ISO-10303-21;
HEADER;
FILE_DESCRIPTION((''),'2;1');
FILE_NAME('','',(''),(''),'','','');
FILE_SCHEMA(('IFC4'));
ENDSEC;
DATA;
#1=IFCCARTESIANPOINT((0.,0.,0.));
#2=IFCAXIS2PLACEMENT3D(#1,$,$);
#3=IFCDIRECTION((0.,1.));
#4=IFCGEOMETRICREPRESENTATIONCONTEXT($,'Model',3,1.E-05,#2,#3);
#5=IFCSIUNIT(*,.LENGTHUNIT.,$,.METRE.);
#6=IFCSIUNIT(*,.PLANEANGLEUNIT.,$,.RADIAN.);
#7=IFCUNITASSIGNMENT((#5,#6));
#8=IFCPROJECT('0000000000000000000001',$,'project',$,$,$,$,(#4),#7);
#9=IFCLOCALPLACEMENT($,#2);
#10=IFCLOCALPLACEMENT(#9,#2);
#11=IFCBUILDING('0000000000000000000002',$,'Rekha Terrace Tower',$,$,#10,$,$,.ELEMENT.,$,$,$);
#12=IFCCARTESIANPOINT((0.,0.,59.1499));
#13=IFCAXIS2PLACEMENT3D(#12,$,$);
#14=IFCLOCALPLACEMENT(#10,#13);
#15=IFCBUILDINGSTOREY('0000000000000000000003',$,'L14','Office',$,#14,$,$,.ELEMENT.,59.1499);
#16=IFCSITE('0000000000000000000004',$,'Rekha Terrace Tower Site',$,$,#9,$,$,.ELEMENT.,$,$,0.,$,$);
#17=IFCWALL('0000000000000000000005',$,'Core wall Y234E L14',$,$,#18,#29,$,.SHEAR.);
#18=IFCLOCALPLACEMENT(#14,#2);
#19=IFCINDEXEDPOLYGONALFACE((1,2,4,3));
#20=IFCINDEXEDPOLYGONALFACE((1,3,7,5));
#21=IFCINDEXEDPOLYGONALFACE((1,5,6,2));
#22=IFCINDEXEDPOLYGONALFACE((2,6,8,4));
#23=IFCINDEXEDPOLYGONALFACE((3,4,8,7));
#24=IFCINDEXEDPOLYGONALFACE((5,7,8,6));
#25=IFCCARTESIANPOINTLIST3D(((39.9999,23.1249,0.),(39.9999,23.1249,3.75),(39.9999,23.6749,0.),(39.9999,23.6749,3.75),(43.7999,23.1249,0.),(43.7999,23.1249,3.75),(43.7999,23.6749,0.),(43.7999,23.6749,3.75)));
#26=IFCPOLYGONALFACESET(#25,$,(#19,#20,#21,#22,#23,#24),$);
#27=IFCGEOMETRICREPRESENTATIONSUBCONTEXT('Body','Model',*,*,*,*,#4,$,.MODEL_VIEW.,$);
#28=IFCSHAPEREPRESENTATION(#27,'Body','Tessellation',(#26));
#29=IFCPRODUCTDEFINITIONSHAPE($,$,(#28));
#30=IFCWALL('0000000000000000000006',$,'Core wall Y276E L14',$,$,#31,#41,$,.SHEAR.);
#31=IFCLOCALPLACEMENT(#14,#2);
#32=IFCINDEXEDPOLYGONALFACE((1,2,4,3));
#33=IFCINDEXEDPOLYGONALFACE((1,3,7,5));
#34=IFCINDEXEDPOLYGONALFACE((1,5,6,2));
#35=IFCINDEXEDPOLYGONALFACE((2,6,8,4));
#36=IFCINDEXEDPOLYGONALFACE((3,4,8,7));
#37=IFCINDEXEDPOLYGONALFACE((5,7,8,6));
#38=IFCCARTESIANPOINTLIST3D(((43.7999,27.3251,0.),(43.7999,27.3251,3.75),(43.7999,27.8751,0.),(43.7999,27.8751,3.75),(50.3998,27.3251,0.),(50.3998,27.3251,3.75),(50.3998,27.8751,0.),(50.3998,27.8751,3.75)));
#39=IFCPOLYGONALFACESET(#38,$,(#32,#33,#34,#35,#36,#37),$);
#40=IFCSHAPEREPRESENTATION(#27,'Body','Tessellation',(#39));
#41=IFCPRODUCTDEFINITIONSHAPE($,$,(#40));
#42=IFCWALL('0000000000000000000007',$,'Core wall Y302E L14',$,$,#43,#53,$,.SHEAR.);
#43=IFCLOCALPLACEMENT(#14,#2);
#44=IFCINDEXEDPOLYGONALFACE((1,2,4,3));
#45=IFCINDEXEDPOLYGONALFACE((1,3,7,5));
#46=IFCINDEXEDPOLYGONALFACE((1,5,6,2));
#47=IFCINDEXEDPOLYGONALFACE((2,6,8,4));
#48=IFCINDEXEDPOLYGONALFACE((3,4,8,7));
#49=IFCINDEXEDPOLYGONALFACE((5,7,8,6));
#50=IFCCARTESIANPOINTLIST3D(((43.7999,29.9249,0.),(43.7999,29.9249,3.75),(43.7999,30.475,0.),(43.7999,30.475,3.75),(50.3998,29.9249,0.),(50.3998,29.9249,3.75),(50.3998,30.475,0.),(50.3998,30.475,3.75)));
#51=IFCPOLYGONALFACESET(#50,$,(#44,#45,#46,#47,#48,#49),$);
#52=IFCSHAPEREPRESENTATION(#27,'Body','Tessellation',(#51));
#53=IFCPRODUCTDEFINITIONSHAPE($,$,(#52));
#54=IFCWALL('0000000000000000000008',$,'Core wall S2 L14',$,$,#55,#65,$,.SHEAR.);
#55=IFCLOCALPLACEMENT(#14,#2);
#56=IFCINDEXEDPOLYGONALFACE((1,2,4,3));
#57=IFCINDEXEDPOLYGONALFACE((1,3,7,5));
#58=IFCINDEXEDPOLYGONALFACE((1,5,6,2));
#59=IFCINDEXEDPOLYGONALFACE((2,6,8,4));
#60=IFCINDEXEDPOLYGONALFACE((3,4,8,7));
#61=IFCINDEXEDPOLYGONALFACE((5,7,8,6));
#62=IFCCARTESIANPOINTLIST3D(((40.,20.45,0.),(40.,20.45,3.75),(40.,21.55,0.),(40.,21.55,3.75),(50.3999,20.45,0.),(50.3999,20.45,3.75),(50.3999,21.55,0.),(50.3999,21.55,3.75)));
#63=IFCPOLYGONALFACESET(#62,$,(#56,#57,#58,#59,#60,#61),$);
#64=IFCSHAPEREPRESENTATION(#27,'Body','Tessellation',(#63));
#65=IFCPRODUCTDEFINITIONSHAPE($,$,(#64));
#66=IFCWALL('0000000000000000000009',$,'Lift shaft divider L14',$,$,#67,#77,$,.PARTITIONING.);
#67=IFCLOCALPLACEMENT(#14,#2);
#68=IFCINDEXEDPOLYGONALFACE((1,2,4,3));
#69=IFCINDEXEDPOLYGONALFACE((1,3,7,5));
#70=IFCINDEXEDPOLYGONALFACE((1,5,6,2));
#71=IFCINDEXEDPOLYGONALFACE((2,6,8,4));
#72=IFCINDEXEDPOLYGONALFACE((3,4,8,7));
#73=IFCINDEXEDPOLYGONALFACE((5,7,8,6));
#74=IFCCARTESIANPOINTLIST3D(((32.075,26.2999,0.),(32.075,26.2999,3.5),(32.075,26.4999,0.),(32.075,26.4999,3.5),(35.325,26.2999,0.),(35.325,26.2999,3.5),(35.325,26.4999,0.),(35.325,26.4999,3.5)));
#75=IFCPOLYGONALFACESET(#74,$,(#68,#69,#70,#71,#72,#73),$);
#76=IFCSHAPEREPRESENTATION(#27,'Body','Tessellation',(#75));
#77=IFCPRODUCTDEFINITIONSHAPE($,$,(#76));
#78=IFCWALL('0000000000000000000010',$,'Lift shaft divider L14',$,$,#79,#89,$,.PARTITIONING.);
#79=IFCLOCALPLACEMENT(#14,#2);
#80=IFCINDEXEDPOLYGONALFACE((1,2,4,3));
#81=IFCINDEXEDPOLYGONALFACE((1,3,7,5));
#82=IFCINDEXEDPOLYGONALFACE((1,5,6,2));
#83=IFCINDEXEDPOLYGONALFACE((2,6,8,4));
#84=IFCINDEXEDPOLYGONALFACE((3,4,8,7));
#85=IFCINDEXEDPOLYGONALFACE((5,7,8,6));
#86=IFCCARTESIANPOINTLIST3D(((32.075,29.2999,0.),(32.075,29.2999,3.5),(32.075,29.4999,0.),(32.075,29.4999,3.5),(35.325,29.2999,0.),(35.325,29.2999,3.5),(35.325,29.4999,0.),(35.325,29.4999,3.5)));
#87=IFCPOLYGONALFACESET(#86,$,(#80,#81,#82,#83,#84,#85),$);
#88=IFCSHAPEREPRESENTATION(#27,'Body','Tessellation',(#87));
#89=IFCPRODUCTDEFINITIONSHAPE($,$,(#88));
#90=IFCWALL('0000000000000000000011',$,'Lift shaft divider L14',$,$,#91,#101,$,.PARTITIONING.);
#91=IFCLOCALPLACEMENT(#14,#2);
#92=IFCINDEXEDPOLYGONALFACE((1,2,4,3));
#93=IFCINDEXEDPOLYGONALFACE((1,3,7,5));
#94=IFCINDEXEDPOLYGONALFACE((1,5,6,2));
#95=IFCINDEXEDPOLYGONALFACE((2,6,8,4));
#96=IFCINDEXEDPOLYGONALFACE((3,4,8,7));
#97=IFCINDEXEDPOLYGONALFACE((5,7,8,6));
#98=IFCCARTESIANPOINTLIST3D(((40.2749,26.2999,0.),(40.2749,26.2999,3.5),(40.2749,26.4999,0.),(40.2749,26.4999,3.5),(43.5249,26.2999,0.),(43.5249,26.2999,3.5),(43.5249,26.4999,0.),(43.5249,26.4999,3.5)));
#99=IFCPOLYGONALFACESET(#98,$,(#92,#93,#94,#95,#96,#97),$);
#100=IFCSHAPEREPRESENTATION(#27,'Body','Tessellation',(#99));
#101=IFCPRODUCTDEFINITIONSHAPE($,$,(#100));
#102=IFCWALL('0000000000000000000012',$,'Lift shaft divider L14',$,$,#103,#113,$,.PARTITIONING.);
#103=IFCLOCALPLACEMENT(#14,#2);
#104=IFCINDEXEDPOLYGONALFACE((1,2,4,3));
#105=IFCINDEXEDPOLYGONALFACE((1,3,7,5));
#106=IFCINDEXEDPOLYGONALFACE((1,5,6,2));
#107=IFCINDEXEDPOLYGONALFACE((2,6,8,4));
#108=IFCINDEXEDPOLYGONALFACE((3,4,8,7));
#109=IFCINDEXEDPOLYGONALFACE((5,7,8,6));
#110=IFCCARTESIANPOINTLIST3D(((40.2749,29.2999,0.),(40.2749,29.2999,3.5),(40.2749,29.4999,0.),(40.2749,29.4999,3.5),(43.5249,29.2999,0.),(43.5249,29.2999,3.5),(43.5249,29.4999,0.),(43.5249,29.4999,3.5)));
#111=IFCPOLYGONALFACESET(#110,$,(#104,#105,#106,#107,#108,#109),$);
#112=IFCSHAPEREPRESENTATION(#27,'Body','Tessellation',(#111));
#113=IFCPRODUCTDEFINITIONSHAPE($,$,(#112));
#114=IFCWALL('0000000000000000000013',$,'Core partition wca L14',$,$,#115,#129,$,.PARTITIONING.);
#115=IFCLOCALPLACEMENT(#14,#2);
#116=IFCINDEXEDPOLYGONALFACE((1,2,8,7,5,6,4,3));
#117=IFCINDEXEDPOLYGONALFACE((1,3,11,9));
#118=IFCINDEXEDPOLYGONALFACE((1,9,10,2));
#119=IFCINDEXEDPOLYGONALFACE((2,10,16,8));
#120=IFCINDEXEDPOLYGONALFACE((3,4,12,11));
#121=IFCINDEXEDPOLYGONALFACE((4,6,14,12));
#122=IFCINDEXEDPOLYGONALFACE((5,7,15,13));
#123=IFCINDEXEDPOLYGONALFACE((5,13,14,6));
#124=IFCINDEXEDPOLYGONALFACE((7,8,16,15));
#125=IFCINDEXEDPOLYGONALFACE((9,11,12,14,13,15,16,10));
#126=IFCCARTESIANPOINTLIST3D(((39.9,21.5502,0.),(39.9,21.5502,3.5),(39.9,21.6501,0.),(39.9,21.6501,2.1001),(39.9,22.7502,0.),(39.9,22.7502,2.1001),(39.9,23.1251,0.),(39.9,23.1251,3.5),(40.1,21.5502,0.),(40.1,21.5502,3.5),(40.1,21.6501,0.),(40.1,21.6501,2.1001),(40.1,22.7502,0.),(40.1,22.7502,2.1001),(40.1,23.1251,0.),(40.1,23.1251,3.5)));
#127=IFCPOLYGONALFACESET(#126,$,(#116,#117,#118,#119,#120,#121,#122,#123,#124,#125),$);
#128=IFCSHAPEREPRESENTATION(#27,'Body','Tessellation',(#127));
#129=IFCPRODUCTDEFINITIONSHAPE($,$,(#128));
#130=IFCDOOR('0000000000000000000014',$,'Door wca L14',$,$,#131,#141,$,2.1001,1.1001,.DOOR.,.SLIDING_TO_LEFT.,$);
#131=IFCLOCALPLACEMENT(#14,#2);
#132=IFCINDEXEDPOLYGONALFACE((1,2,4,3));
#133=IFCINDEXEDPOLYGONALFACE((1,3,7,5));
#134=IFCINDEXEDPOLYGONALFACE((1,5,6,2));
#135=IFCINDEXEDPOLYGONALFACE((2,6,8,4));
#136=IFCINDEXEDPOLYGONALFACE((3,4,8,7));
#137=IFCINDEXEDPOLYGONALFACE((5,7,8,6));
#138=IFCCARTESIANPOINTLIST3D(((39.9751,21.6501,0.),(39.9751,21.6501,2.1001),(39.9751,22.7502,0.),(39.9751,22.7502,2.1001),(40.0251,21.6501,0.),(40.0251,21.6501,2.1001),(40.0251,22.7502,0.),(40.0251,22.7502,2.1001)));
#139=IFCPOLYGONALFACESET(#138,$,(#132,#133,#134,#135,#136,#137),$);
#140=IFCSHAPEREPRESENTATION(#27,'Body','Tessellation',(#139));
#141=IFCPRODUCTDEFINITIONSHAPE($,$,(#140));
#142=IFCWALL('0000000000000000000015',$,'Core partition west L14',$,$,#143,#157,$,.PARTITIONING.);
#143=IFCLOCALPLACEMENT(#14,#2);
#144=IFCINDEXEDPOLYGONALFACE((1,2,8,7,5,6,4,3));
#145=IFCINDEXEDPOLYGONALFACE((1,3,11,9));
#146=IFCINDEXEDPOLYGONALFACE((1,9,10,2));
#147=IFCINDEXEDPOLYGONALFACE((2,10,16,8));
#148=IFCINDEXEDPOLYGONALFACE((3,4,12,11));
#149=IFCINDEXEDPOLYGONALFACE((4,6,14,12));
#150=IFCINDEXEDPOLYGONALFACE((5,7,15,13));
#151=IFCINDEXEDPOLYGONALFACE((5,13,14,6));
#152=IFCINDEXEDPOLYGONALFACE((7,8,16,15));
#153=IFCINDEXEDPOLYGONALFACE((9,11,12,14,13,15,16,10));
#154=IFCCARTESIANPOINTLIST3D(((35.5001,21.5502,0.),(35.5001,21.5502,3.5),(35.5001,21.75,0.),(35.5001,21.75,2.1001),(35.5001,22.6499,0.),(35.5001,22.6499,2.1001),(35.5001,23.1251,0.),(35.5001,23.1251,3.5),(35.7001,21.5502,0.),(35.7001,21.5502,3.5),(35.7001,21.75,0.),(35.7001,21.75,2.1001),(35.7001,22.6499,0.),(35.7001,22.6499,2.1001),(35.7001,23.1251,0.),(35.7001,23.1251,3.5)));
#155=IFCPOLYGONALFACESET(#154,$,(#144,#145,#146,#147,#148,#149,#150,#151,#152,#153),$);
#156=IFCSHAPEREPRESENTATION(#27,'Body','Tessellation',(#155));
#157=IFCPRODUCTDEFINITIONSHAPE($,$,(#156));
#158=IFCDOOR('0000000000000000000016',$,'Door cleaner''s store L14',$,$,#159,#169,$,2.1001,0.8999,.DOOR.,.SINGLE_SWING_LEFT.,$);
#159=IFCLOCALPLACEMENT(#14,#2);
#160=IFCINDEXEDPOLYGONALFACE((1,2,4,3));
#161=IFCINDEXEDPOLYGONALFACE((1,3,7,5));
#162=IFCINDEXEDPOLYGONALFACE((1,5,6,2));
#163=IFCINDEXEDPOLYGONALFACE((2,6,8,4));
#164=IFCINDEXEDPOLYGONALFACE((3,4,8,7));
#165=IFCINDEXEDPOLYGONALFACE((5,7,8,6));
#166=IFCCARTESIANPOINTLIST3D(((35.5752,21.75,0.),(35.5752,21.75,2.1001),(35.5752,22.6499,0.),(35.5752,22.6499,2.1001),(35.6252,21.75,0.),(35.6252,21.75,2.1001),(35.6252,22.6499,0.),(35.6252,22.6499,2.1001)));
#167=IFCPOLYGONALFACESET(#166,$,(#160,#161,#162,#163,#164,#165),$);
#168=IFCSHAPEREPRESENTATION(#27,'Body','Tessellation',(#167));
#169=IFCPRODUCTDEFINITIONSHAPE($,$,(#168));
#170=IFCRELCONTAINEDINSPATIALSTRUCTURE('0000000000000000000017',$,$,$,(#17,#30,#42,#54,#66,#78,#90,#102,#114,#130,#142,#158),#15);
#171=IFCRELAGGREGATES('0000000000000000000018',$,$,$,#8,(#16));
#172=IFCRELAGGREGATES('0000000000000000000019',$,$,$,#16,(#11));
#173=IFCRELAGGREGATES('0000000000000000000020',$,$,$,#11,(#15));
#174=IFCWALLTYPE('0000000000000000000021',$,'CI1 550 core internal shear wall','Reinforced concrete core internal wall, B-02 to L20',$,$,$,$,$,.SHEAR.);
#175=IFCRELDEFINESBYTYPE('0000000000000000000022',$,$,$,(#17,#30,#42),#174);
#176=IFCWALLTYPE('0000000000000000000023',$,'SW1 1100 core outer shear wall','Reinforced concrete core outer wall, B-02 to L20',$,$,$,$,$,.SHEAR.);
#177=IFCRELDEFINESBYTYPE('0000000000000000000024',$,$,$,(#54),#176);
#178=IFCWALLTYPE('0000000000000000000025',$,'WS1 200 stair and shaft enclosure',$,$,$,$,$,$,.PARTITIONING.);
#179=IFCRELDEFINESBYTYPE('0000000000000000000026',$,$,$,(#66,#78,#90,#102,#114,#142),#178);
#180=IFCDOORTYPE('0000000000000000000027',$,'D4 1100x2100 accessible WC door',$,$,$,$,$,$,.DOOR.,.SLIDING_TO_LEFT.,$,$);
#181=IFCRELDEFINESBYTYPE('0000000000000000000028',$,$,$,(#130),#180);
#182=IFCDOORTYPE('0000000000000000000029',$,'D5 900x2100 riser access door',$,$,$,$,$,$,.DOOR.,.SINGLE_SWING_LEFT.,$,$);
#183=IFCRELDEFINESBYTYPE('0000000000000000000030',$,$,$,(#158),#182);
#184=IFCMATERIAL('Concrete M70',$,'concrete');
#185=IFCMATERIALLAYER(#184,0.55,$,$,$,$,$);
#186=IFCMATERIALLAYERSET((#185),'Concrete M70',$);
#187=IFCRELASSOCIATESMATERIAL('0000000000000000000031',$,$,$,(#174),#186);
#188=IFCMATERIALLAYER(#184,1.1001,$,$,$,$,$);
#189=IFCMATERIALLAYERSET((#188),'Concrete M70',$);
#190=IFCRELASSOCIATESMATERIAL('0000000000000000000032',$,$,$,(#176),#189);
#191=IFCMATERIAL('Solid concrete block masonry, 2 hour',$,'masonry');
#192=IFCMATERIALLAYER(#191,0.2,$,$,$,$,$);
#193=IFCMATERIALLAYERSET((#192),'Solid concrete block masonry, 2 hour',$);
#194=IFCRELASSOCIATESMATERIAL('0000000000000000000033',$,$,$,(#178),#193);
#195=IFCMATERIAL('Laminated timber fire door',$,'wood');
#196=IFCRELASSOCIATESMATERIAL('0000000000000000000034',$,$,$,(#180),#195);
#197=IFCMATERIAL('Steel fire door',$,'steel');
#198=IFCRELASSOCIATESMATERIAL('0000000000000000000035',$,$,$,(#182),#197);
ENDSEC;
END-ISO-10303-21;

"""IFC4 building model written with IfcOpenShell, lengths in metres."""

from ifc_helpers import new_model, si_unit, direction, frame, frame_2d, origin, place, context, subcontext, project, spatial, rectangle, extrude, material, layer, layer_set, type_object, element, fill, save


model = new_model("IFC4")

# Units and contexts
model_context = context("Model", 3, precision=1e-05, world=origin(), true_north=direction((0.0, 1.0)))
body_context = subcontext(model_context, "Body", "Model", "MODEL_VIEW")
ifc_project = project(units=[si_unit("LENGTHUNIT", "METRE"), si_unit("PLANEANGLEUNIT", "RADIAN")], contexts=[model_context])

# Site, building, storey
site_placement = place(None, origin())
site = spatial("IfcSite", under=ifc_project, at=site_placement, Name="Rekha Terrace Tower Site", CompositionType="ELEMENT", RefElevation=0.0)
building_placement = place(site_placement, origin())
building = spatial("IfcBuilding", under=site, at=building_placement, Name="Rekha Terrace Tower", CompositionType="ELEMENT")
storey_placement = place(building_placement, frame((0.0, 0.0, 59.1499)))
storey = spatial("IfcBuildingStorey", under=building, at=storey_placement, Name="L14", Description="Office", CompositionType="ELEMENT", Elevation=59.1499)

# Shared definitions
ifc_material_1 = material(Name="Concrete M70", Category="concrete")

# Shared definitions
ifc_layer_1 = layer(ifc_material_1, 0.55)
ifc_layer_set_1 = layer_set([ifc_layer_1], Name="Concrete M70")
wall_type_1 = type_object("IfcWallType", Name="CI1 550 core internal shear wall", Description="Reinforced concrete core internal wall, B-02 to L20", PredefinedType="SHEAR", material=ifc_layer_set_1)

# Walls
wall_1_placement = place(storey_placement, frame((40.0, 23.3999, 0.0), z_axis=(0.0, 0.0, 1.0), x_axis=(1.0, 0.0, 0.0)))
element("IfcWall", 1, at=wall_1_placement, inside=storey, type_object=wall_type_1, Name="Core wall Y234E L14", PredefinedType="SHEAR", context=body_context, shape_type="SweptSolid", body=[
    extrude(rectangle(XDim=3.8, YDim=0.55, at=frame_2d((1.8999, 0.0))), origin(), (0.0, 0.0, 1.0), 3.75),
])
for number, where, z_axis, x_axis, name in (
    (2, (43.8, 27.6001, 0.0), (0.0, 0.0, 1.0), (1.0, 0.0, 0.0), "Core wall Y276E L14"),
    (3, (43.8, 30.2, 0.0), (0.0, 0.0, 1.0), (1.0, 0.0, 0.0), "Core wall Y302E L14"),
):
    element("IfcWall", number, at=place(storey_placement, frame(where, z_axis=z_axis, x_axis=x_axis)), inside=storey, type_object=wall_type_1, Name=name, PredefinedType="SHEAR", context=body_context, shape_type="SweptSolid", body=[
        extrude(rectangle(XDim=6.5999, YDim=0.55, at=frame_2d((3.2998, 0.0))), origin(), (0.0, 0.0, 1.0), 3.75),
    ])
ifc_layer_2 = layer(ifc_material_1, 1.1001)
ifc_layer_set_2 = layer_set([ifc_layer_2], Name="Concrete M70")
wall_type_2 = type_object("IfcWallType", Name="SW1 1100 core outer shear wall", Description="Reinforced concrete core outer wall, B-02 to L20", PredefinedType="SHEAR", material=ifc_layer_set_2)
wall_2_placement = place(storey_placement, frame((40.0, 21.0, 0.0), z_axis=(0.0, 0.0, 1.0), x_axis=(1.0, 0.0, 0.0)))
element("IfcWall", 4, at=wall_2_placement, inside=storey, type_object=wall_type_2, Name="Core wall S2 L14", PredefinedType="SHEAR", context=body_context, shape_type="SweptSolid", body=[
    extrude(rectangle(XDim=10.3999, YDim=1.1001, at=frame_2d((5.2, 0.0))), origin(), (0.0, 0.0, 1.0), 3.75),
])
ifc_material_2 = material(Name="Solid concrete block masonry, 2 hour", Category="masonry")
ifc_layer_3 = layer(ifc_material_2, 0.2)
ifc_layer_set_3 = layer_set([ifc_layer_3], Name="Solid concrete block masonry, 2 hour")
wall_type_3 = type_object("IfcWallType", Name="WS1 200 stair and shaft enclosure", PredefinedType="PARTITIONING", material=ifc_layer_set_3)
for number, where, z_axis, x_axis, name in (
    (5, (32.075, 26.3999, 0.0), (0.0, 0.0, 1.0), (1.0, 0.0, 0.0), "Lift shaft divider L14"),
    (6, (32.075, 29.3999, 0.0), (0.0, 0.0, 1.0), (1.0, 0.0, 0.0), "Lift shaft divider L14"),
    (7, (40.2749, 26.3999, 0.0), (0.0, 0.0, 1.0), (1.0, 0.0, 0.0), "Lift shaft divider L14"),
    (8, (40.2749, 29.3999, 0.0), (0.0, 0.0, 1.0), (1.0, 0.0, 0.0), "Lift shaft divider L14"),
):
    element("IfcWall", number, at=place(storey_placement, frame(where, z_axis=z_axis, x_axis=x_axis)), inside=storey, type_object=wall_type_3, Name=name, PredefinedType="PARTITIONING", context=body_context, shape_type="SweptSolid", body=[
        extrude(rectangle(XDim=3.25, YDim=0.2, at=frame_2d((1.625, 0.0))), origin(), (0.0, 0.0, 1.0), 3.5),
    ])

# Walls, openings, doors
wall_3_placement = place(storey_placement, frame((40.0, 21.55, 0.0), z_axis=(0.0, 0.0, 1.0), x_axis=(0.0, 1.0, 0.0)))
wall_3 = element("IfcWall", 9, at=wall_3_placement, inside=storey, type_object=wall_type_3, Name="Core partition wca L14", PredefinedType="PARTITIONING", context=body_context, shape_type="SweptSolid", body=[
    extrude(rectangle(XDim=1.575, YDim=0.2, at=frame_2d((0.7876, 0.0))), origin(), (0.0, 0.0, 1.0), 3.5),
])
opening_1_placement = place(wall_3_placement, frame((0.1001, 0.0, 0.0)))
opening_1 = element("IfcOpeningElement", 10, at=opening_1_placement, cuts=wall_3, PredefinedType="OPENING", context=body_context, shape_type="SweptSolid", body=[
    extrude(rectangle(XDim=1.1001, YDim=2.1001, at=frame_2d((0.55, 1.05))), frame((0.0, 0.1099, 0.0), z_axis=(0.0, -1.0, 0.0), x_axis=(1.0, 0.0, 0.0)), (0.0, 0.0, 1.0), 0.22),
])
ifc_material_3 = material(Name="Laminated timber fire door", Category="wood")
door_type_1 = type_object("IfcDoorType", Name="D4 1100x2100 accessible WC door", OperationType="SLIDING_TO_LEFT", PredefinedType="DOOR", material=ifc_material_3)
door_1_placement = place(opening_1_placement, origin())
door_1 = element("IfcDoor", 11, at=door_1_placement, inside=storey, type_object=door_type_1, Name="Door wca L14", OperationType="SLIDING_TO_LEFT", OverallHeight=2.1001, OverallWidth=1.1001, PredefinedType="DOOR", context=body_context, shape_type="SweptSolid", body=[
    extrude(rectangle(XDim=1.1001, YDim=2.1001, at=frame_2d((0.55, 1.05))), frame((0.0, 0.0249, 0.0), z_axis=(0.0, -1.0, 0.0), x_axis=(1.0, 0.0, 0.0)), (0.0, 0.0, 1.0), 0.05),
])
fill(opening_1, door_1)
wall_4_placement = place(storey_placement, frame((35.6001, 21.55, 0.0), z_axis=(0.0, 0.0, 1.0), x_axis=(0.0, 1.0, 0.0)))
wall_4 = element("IfcWall", 12, at=wall_4_placement, inside=storey, type_object=wall_type_3, Name="Core partition west L14", PredefinedType="PARTITIONING", context=body_context, shape_type="SweptSolid", body=[
    extrude(rectangle(XDim=1.575, YDim=0.2, at=frame_2d((0.7876, 0.0))), origin(), (0.0, 0.0, 1.0), 3.5),
])
opening_2_placement = place(wall_4_placement, frame((0.2, 0.0, 0.0)))
opening_2 = element("IfcOpeningElement", 13, at=opening_2_placement, cuts=wall_4, PredefinedType="OPENING", context=body_context, shape_type="SweptSolid", body=[
    extrude(rectangle(XDim=0.8999, YDim=2.1001, at=frame_2d((0.45, 1.05))), frame((0.0, 0.1099, 0.0), z_axis=(0.0, -1.0, 0.0), x_axis=(1.0, 0.0, 0.0)), (0.0, 0.0, 1.0), 0.22),
])
ifc_material_4 = material(Name="Steel fire door", Category="steel")
door_type_2 = type_object("IfcDoorType", Name="D5 900x2100 riser access door", OperationType="SINGLE_SWING_LEFT", PredefinedType="DOOR", material=ifc_material_4)
door_2_placement = place(opening_2_placement, origin())
door_2 = element("IfcDoor", 14, at=door_2_placement, inside=storey, type_object=door_type_2, Name="Door cleaner's store L14", OperationType="SINGLE_SWING_LEFT", OverallHeight=2.1001, OverallWidth=0.8999, PredefinedType="DOOR", context=body_context, shape_type="SweptSolid", body=[
    extrude(rectangle(XDim=0.8999, YDim=2.1001, at=frame_2d((0.45, 1.05))), frame((0.0, 0.0249, 0.0), z_axis=(0.0, -1.0, 0.0), x_axis=(1.0, 0.0, 0.0)), (0.0, 0.0, 1.0), 0.05),
])
fill(opening_2, door_2)

save(model, "model.ifc")
